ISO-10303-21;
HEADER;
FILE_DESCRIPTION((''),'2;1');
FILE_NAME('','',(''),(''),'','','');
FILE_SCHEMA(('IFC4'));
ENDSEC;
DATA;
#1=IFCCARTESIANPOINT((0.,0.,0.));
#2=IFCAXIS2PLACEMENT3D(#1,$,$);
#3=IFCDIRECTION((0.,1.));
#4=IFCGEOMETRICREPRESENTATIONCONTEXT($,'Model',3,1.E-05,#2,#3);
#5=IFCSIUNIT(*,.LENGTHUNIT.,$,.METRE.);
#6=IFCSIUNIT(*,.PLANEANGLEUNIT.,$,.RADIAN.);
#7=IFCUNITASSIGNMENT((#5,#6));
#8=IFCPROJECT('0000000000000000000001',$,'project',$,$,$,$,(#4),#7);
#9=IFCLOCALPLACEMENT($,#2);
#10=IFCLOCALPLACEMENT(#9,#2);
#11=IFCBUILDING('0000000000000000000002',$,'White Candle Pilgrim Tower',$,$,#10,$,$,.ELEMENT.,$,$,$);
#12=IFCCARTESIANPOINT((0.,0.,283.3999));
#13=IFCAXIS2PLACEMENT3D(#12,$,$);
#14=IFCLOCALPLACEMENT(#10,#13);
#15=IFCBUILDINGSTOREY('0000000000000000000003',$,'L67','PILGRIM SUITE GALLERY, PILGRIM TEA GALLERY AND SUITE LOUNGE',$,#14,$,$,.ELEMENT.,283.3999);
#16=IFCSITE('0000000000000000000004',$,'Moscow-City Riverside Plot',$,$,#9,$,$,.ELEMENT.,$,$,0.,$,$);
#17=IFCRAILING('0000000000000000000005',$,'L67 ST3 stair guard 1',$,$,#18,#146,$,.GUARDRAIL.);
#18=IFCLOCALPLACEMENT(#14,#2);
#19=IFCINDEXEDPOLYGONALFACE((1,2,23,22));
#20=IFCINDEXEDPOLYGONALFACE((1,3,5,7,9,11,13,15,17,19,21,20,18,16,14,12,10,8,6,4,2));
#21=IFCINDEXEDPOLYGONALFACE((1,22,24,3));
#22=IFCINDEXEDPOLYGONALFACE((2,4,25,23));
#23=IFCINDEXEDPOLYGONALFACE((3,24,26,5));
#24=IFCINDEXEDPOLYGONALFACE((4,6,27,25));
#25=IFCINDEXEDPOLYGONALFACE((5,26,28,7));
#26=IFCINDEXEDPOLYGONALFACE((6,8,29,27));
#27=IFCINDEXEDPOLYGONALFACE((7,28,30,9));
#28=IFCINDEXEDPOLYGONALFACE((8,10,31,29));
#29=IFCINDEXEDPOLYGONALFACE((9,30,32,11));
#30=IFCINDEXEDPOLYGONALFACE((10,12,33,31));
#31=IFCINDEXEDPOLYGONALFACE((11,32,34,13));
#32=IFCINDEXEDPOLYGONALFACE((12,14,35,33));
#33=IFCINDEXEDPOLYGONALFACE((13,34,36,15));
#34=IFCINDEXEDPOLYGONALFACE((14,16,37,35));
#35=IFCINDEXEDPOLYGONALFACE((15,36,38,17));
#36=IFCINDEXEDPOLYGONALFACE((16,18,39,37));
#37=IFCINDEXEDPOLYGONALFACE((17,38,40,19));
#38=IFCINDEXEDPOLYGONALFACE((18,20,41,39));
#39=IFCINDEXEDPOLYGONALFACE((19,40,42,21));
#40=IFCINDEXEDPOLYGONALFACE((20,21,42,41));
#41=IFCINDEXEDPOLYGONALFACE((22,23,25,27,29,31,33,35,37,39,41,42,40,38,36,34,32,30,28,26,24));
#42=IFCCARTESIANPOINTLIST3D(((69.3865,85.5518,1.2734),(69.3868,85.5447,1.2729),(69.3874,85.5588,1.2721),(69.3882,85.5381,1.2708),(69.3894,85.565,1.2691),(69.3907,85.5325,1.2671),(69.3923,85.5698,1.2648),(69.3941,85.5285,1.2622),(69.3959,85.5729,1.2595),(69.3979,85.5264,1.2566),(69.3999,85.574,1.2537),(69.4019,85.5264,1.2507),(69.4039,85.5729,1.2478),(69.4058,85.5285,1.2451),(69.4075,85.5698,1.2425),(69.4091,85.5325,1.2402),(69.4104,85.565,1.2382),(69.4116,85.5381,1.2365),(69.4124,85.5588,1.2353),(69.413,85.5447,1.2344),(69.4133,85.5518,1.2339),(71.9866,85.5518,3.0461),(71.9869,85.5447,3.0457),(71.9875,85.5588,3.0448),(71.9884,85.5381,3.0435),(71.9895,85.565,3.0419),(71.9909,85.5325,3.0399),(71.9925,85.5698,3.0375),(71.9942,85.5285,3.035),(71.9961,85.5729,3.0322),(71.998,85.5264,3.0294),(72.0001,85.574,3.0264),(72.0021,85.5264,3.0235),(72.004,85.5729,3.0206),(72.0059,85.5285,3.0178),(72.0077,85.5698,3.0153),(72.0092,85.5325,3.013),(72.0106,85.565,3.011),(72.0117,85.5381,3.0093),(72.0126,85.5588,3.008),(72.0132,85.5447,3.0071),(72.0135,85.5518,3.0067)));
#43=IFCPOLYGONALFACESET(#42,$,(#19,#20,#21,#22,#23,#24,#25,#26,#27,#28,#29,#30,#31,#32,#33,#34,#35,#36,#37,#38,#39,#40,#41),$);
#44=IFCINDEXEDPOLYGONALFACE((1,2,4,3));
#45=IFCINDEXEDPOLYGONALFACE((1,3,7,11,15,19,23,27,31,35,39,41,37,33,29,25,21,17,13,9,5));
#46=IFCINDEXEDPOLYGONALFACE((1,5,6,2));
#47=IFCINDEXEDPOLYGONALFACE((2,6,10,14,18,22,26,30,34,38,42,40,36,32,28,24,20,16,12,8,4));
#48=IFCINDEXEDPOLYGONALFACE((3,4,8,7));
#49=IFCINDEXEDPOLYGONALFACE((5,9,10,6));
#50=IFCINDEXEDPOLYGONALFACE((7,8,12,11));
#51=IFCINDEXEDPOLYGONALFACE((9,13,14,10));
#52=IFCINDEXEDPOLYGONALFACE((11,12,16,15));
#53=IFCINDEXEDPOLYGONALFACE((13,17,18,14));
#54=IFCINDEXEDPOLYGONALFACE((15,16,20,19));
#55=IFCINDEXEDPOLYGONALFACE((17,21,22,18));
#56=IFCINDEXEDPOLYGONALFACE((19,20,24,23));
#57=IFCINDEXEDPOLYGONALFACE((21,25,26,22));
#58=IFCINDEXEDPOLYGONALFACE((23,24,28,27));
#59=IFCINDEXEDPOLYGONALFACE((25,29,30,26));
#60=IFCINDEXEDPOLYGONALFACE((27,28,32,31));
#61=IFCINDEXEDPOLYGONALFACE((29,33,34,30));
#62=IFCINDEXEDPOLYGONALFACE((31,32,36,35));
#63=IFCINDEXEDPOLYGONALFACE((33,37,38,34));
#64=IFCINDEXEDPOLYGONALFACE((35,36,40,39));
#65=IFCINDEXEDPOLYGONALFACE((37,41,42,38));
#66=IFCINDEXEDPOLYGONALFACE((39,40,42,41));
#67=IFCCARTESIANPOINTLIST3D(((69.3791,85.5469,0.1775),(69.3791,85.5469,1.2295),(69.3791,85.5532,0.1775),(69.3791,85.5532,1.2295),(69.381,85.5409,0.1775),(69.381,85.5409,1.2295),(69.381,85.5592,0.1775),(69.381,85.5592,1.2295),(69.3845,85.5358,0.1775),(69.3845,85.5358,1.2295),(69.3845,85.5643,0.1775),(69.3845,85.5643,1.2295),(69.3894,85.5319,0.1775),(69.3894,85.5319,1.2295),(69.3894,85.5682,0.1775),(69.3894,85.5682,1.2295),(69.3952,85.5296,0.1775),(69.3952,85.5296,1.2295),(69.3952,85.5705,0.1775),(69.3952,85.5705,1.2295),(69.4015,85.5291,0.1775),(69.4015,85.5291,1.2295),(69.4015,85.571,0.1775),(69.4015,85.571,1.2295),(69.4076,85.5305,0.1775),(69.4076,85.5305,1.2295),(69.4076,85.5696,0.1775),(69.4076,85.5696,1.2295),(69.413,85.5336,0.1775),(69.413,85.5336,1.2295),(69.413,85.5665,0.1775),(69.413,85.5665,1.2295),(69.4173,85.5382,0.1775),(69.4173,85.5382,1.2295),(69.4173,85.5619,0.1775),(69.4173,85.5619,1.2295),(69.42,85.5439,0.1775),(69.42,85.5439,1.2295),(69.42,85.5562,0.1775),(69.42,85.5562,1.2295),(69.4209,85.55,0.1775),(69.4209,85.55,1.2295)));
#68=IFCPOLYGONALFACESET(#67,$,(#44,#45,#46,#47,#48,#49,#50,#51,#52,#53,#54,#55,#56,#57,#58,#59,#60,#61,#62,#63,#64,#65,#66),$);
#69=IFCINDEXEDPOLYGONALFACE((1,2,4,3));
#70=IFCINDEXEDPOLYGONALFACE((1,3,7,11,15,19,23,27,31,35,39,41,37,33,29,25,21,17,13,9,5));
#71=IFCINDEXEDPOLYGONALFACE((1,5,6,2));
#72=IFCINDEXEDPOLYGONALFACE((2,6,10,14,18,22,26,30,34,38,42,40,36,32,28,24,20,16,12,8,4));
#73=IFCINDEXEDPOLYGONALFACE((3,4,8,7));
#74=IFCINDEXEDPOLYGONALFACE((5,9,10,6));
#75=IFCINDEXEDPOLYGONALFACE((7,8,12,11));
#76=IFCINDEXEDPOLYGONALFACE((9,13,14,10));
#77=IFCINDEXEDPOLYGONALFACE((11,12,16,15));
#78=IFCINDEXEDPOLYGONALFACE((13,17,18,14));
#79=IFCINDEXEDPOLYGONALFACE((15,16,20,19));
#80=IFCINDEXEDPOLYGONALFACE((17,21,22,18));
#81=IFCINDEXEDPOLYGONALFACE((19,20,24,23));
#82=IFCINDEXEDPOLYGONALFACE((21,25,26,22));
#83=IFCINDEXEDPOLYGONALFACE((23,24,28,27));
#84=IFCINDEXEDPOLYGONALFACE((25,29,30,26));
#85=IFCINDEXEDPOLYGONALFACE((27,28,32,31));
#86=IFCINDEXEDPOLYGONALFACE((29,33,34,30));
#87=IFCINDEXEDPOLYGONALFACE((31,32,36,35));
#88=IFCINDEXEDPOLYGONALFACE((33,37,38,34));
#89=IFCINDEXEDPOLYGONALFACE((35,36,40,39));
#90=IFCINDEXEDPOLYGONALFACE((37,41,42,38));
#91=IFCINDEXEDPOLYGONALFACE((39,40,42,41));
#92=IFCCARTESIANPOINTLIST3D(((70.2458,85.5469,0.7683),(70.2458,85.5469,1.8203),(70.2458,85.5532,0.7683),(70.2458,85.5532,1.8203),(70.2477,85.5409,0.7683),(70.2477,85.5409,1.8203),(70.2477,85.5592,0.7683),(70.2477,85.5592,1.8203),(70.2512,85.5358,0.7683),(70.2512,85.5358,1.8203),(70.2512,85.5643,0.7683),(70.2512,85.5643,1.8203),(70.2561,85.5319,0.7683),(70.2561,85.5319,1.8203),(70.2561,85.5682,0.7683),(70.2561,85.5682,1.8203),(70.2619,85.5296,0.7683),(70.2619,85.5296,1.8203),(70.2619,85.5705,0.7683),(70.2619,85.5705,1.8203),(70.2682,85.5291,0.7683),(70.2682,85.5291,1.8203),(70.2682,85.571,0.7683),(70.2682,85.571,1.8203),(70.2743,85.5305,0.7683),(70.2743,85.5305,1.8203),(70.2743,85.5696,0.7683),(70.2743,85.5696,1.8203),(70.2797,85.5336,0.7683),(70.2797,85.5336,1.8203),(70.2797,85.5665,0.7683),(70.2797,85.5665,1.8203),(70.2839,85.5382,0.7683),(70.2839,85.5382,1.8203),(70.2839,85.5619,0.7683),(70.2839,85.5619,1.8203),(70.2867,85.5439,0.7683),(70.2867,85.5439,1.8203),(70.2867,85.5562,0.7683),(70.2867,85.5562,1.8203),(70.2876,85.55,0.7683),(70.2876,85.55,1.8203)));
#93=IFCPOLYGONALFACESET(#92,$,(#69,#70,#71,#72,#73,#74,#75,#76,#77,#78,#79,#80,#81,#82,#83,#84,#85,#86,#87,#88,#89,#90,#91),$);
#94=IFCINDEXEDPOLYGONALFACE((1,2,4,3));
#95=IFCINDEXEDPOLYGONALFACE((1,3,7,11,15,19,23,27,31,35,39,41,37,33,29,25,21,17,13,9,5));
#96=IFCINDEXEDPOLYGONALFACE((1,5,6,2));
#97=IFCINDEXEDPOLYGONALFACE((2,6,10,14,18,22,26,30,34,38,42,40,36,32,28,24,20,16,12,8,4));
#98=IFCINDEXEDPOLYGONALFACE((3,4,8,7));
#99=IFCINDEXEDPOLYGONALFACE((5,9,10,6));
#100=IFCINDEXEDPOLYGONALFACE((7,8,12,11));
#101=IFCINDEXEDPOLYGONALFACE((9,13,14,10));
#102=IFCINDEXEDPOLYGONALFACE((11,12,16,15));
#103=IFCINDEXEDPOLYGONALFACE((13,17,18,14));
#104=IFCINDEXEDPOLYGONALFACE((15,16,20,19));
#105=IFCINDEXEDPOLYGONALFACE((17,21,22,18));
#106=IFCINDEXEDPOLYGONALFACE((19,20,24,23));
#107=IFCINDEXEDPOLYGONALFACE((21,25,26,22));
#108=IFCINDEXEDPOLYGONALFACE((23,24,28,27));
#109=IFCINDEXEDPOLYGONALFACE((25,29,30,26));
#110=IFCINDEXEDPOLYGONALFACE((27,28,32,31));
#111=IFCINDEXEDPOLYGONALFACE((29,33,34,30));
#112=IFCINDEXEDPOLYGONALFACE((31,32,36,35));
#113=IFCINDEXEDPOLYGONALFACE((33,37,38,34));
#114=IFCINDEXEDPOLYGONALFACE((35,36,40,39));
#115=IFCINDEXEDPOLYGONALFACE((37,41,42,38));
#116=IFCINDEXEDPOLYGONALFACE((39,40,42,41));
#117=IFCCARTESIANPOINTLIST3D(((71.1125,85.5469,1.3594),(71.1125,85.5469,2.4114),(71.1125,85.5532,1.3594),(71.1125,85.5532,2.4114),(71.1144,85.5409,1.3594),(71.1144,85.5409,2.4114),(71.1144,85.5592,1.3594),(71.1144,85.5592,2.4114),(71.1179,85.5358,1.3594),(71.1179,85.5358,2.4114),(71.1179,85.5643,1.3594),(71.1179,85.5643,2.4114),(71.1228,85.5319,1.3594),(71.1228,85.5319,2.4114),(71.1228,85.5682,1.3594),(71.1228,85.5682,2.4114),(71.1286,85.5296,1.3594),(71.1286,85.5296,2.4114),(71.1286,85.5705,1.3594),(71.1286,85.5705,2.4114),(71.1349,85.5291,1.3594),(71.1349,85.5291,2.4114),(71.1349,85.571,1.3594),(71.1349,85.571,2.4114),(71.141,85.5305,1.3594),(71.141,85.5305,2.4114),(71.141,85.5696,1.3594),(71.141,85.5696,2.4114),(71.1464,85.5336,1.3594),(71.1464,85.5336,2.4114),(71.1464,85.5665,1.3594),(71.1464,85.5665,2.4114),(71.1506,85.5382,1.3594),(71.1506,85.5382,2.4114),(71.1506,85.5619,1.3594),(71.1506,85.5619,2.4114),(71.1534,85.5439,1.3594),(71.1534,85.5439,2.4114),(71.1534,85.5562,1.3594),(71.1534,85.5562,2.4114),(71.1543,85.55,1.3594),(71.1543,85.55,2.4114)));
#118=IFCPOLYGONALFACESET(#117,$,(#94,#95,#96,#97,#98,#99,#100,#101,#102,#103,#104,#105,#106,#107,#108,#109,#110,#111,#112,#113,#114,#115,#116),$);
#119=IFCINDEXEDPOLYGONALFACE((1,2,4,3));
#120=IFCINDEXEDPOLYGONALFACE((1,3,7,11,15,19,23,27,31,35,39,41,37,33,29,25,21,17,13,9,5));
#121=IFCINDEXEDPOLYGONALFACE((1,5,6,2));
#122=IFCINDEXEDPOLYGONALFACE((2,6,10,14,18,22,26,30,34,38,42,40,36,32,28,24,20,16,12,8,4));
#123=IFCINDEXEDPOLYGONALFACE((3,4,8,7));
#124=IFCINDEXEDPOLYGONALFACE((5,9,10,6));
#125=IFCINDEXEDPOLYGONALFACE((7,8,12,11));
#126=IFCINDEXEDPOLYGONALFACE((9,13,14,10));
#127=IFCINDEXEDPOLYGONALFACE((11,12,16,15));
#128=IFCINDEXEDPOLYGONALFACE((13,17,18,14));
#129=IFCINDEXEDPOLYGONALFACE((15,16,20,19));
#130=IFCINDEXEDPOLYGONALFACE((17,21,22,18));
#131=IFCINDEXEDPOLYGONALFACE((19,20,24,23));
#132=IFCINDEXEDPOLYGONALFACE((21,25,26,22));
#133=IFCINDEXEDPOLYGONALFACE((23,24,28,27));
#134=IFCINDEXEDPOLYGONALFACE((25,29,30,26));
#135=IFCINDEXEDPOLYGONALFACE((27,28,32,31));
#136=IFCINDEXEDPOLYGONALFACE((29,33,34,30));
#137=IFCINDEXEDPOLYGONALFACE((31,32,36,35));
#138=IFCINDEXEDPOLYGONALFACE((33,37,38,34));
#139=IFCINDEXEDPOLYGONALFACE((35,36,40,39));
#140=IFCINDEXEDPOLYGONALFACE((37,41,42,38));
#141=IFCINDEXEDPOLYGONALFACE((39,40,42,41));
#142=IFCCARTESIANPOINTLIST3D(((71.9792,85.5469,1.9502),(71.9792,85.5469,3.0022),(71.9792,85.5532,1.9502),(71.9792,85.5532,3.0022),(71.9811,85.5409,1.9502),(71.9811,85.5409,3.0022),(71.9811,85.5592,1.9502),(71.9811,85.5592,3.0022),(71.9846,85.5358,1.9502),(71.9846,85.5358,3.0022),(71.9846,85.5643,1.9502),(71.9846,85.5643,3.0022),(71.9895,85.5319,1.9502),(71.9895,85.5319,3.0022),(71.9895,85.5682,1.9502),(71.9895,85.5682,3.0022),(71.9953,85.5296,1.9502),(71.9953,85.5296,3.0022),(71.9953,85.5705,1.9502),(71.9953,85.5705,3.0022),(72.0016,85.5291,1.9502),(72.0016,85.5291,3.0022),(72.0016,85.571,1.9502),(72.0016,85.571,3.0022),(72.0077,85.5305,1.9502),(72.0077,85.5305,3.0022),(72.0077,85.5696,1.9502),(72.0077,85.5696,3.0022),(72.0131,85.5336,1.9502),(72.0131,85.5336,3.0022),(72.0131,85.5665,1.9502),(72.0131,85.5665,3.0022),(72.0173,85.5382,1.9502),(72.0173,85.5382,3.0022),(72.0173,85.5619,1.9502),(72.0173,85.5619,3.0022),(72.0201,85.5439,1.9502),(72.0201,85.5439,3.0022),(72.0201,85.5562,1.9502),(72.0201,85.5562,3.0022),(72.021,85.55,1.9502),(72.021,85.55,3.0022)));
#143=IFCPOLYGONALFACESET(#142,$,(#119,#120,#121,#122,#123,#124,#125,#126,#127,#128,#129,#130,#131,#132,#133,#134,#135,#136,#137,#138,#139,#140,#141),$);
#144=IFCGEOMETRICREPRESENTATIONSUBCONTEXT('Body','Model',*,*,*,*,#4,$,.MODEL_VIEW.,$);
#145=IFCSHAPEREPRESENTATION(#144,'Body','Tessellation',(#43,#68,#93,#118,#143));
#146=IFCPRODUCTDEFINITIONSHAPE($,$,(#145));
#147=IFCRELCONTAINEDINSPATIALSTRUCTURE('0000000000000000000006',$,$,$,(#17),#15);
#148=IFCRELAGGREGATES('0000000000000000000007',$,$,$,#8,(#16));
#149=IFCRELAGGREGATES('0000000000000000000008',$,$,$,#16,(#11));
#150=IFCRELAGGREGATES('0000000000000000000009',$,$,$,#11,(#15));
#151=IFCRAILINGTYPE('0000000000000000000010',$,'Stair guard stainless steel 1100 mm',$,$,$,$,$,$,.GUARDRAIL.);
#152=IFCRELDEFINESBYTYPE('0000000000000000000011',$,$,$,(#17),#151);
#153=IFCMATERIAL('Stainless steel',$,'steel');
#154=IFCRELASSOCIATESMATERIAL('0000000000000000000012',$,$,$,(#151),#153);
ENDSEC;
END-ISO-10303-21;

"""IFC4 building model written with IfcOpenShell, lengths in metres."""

from ifc_helpers import new_model, si_unit, direction, frame, origin, origin_2d, place, context, subcontext, project, spatial, circle, extrude, material, type_object, element, save


model = new_model("IFC4")

# Units and contexts
model_context = context("Model", 3, precision=1e-05, world=origin(), true_north=direction((0.0, 1.0)))
body_context = subcontext(model_context, "Body", "Model", "MODEL_VIEW")
ifc_project = project(units=[si_unit("LENGTHUNIT", "METRE"), si_unit("PLANEANGLEUNIT", "RADIAN")], contexts=[model_context])

# Site, building, storey
site_placement = place(None, origin())
site = spatial("IfcSite", under=ifc_project, at=site_placement, Name="Moscow-City Riverside Plot", CompositionType="ELEMENT", RefElevation=0.0)
building_placement = place(site_placement, origin())
building = spatial("IfcBuilding", under=site, at=building_placement, Name="White Candle Pilgrim Tower", CompositionType="ELEMENT")
storey_placement = place(building_placement, frame((0.0, 0.0, 283.3999)))
storey = spatial("IfcBuildingStorey", under=building, at=storey_placement, Name="L67", Description="PILGRIM SUITE GALLERY, PILGRIM TEA GALLERY AND SUITE LOUNGE", CompositionType="ELEMENT", Elevation=283.3999)

# Railing
ifc_material_1 = material(Name="Stainless steel", Category="steel")
railing_type_1 = type_object("IfcRailingType", Name="Stair guard stainless steel 1100 mm", PredefinedType="GUARDRAIL", material=ifc_material_1)
railing_1_placement = place(storey_placement, frame((69.3999, 85.55, 0.1775)))
element("IfcRailing", 1, at=railing_1_placement, inside=storey, type_object=railing_type_1, Name="L67 ST3 stair guard 1", PredefinedType="GUARDRAIL", context=body_context, shape_type="SweptSolid", body=[
    extrude(circle(Radius=0.0239, at=origin_2d()), frame((0.0, 0.0, 1.0762), z_axis=(0.82624, 0.0, 0.563318), x_axis=(0.0, 1.0, 0.0)), (0.0, 0.0, 1.0), 3.147),
    extrude(circle(Radius=0.021, at=origin_2d()), origin(), (0.0, 0.0, 1.0), 1.052),
    extrude(circle(Radius=0.021, at=origin_2d()), frame((0.8667, 0.0, 0.5908)), (0.0, 0.0, 1.0), 1.052),
    extrude(circle(Radius=0.021, at=origin_2d()), frame((1.7334, 0.0, 1.1819)), (0.0, 0.0, 1.0), 1.052),
    extrude(circle(Radius=0.021, at=origin_2d()), frame((2.6001, 0.0, 1.7727)), (0.0, 0.0, 1.0), 1.052),
])

save(model, "model.ifc")
